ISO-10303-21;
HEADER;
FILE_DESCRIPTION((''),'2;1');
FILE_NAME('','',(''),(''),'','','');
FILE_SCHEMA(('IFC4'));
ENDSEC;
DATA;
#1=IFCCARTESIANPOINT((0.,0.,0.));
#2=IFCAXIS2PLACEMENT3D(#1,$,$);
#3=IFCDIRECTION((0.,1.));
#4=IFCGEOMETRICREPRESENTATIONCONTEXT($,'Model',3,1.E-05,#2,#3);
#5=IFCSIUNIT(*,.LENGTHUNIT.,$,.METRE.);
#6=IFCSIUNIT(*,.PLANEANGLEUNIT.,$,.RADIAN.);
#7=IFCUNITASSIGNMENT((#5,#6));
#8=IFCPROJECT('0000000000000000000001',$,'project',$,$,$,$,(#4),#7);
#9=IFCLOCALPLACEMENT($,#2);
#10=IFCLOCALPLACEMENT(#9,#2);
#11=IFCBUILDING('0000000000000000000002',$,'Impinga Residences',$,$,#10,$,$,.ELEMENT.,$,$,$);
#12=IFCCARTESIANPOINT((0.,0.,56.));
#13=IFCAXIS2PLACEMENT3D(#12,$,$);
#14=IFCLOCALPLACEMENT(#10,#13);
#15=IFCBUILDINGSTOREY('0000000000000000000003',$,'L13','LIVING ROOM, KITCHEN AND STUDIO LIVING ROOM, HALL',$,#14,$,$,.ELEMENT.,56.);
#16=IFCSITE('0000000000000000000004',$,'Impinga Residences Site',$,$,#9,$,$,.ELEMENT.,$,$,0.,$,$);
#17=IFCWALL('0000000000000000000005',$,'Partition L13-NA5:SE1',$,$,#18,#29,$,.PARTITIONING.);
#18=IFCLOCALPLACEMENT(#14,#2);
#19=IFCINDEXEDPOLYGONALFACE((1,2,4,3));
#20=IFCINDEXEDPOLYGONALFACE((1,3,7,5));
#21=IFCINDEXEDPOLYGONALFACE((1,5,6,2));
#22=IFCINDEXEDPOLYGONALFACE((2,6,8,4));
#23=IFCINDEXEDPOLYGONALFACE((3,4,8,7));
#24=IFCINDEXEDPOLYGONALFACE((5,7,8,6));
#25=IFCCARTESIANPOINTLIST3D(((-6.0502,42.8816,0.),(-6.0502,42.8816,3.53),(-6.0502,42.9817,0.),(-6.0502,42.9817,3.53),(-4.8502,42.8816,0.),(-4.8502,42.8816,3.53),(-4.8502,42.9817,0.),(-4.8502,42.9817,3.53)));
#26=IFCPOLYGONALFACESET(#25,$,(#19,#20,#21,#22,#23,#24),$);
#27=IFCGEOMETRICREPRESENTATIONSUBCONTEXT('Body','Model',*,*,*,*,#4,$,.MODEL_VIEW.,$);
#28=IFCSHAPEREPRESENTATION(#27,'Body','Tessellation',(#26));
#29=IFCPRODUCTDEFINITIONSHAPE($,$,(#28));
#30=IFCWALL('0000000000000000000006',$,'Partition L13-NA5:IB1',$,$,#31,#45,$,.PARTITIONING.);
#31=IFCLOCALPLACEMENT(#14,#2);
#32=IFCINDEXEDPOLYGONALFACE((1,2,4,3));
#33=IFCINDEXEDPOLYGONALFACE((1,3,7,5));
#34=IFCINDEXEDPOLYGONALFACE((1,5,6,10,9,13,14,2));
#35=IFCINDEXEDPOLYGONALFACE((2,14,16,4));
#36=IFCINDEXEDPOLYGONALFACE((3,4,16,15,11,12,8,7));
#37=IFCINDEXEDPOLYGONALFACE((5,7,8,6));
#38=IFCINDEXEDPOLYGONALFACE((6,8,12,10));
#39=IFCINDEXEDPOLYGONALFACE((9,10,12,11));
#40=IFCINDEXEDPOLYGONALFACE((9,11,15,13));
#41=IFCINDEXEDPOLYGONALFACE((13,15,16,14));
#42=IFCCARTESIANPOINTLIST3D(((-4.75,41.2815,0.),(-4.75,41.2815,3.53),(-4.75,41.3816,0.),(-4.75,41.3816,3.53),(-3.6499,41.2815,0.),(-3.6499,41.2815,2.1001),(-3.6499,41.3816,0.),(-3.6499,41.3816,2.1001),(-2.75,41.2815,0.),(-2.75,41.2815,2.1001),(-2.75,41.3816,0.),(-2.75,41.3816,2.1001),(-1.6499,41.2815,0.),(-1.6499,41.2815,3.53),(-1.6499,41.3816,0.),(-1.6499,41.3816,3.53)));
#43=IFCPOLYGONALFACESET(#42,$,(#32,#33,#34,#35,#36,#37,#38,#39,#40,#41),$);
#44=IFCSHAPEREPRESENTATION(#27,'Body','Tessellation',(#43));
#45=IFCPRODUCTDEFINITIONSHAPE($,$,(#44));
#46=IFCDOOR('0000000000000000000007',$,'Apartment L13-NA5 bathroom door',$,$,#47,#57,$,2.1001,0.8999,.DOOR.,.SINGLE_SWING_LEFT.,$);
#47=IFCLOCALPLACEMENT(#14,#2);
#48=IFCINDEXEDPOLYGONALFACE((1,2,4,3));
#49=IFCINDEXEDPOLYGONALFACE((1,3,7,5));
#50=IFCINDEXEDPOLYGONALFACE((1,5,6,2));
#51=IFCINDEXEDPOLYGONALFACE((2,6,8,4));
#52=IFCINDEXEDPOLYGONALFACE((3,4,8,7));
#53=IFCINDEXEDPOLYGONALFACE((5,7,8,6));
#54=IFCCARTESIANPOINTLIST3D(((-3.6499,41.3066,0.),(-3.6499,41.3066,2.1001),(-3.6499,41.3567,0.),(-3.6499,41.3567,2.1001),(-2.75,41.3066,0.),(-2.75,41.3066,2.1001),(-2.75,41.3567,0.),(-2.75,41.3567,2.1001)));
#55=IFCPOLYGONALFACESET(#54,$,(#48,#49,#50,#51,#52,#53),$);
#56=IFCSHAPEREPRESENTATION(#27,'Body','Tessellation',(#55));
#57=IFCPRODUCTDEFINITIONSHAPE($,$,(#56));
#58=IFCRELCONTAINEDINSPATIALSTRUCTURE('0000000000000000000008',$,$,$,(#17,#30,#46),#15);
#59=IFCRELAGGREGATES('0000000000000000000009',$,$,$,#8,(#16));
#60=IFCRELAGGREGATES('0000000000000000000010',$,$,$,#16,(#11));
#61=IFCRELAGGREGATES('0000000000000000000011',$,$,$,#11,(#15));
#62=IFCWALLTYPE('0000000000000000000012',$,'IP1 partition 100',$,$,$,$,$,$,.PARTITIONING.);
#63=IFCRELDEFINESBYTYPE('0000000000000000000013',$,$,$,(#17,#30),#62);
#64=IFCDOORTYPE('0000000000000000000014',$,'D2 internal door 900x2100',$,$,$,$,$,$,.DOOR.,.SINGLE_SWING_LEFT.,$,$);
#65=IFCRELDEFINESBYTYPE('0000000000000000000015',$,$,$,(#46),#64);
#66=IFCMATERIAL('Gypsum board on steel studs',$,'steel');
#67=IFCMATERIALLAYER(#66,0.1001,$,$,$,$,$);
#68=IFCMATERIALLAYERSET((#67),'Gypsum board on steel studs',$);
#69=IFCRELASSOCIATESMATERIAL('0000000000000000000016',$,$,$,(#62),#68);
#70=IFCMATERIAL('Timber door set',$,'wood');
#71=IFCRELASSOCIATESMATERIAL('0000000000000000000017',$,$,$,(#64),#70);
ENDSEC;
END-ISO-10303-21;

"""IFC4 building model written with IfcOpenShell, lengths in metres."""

from ifc_helpers import new_model, si_unit, direction, frame, frame_2d, origin, place, context, subcontext, project, spatial, rectangle, extrude, material, layer, layer_set, type_object, element, fill, save


model = new_model("IFC4")

# Units and contexts
model_context = context("Model", 3, precision=1e-05, world=origin(), true_north=direction((0.0, 1.0)))
body_context = subcontext(model_context, "Body", "Model", "MODEL_VIEW")
ifc_project = project(units=[si_unit("LENGTHUNIT", "METRE"), si_unit("PLANEANGLEUNIT", "RADIAN")], contexts=[model_context])

# Site, building, storey
site_placement = place(None, origin())
site = spatial("IfcSite", under=ifc_project, at=site_placement, Name="Impinga Residences Site", CompositionType="ELEMENT", RefElevation=0.0)
building_placement = place(site_placement, origin())
building = spatial("IfcBuilding", under=site, at=building_placement, Name="Impinga Residences", CompositionType="ELEMENT")
storey_placement = place(building_placement, frame((0.0, 0.0, 56.0)))
storey = spatial("IfcBuildingStorey", under=building, at=storey_placement, Name="L13", Description="LIVING ROOM, KITCHEN AND STUDIO LIVING ROOM, HALL", CompositionType="ELEMENT", Elevation=56.0)

# Shared definitions
ifc_material_1 = material(Name="Gypsum board on steel studs", Category="steel")
ifc_layer_1 = layer(ifc_material_1, 0.1001)
ifc_layer_set_1 = layer_set([ifc_layer_1], Name="Gypsum board on steel studs")
wall_type_1 = type_object("IfcWallType", Name="IP1 partition 100", PredefinedType="PARTITIONING", material=ifc_layer_set_1)

# Shared definitions
ifc_material_2 = material(Name="Timber door set", Category="wood")
door_type = type_object("IfcDoorType", Name="D2 internal door 900x2100", OperationType="SINGLE_SWING_LEFT", PredefinedType="DOOR", material=ifc_material_2)

# Wall
for number, where, z_axis, x_axis, name in (
    (1, (-4.8501, 42.9316, 0.0), (0.0, 0.0, 1.0), (-1.0, 0.0, 0.0), "Partition L13-NA5:SE1"),
):
    element("IfcWall", number, at=place(storey_placement, frame(where, z_axis=z_axis, x_axis=x_axis)), inside=storey, type_object=wall_type_1, Name=name, PredefinedType="PARTITIONING", context=body_context, shape_type="SweptSolid", body=[
        extrude(rectangle(XDim=1.2, YDim=0.1001, at=frame_2d((0.6001, 0.0))), origin(), (0.0, 0.0, 1.0), 3.53),
    ])

# Wall, opening, door
wall_1_placement = place(storey_placement, frame((-1.6499, 41.3315, 0.0), z_axis=(0.0, 0.0, 1.0), x_axis=(-1.0, 0.0, 0.0)))
wall_1 = element("IfcWall", 2, at=wall_1_placement, inside=storey, type_object=wall_type_1, Name="Partition L13-NA5:IB1", PredefinedType="PARTITIONING", context=body_context, shape_type="SweptSolid", body=[
    extrude(rectangle(XDim=3.1001, YDim=0.1001, at=frame_2d((1.55, 0.0))), origin(), (0.0, 0.0, 1.0), 3.53),
])
opening_1_placement = place(wall_1_placement, frame((1.1001, 0.0, 0.0)))
opening_1 = element("IfcOpeningElement", 3, at=opening_1_placement, cuts=wall_1, PredefinedType="OPENING", context=body_context, shape_type="SweptSolid", body=[
    extrude(rectangle(XDim=0.8999, YDim=2.1001, at=frame_2d((0.45, 1.05))), frame((0.0, 0.0601, 0.0), z_axis=(0.0, -1.0, 0.0), x_axis=(1.0, 0.0, 0.0)), (0.0, 0.0, 1.0), 0.1201),
])
door_1_placement = place(opening_1_placement, origin())
door_1 = element("IfcDoor", 4, at=door_1_placement, inside=storey, type_object=door_type, Name="Apartment L13-NA5 bathroom door", OperationType="SINGLE_SWING_LEFT", OverallHeight=2.1001, OverallWidth=0.8999, PredefinedType="DOOR", context=body_context, shape_type="SweptSolid", body=[
    extrude(rectangle(XDim=0.8999, YDim=2.1001, at=frame_2d((0.45, 1.05))), frame((0.0, 0.0249, 0.0), z_axis=(0.0, -1.0, 0.0), x_axis=(1.0, 0.0, 0.0)), (0.0, 0.0, 1.0), 0.05),
])
fill(opening_1, door_1)

save(model, "model.ifc")
